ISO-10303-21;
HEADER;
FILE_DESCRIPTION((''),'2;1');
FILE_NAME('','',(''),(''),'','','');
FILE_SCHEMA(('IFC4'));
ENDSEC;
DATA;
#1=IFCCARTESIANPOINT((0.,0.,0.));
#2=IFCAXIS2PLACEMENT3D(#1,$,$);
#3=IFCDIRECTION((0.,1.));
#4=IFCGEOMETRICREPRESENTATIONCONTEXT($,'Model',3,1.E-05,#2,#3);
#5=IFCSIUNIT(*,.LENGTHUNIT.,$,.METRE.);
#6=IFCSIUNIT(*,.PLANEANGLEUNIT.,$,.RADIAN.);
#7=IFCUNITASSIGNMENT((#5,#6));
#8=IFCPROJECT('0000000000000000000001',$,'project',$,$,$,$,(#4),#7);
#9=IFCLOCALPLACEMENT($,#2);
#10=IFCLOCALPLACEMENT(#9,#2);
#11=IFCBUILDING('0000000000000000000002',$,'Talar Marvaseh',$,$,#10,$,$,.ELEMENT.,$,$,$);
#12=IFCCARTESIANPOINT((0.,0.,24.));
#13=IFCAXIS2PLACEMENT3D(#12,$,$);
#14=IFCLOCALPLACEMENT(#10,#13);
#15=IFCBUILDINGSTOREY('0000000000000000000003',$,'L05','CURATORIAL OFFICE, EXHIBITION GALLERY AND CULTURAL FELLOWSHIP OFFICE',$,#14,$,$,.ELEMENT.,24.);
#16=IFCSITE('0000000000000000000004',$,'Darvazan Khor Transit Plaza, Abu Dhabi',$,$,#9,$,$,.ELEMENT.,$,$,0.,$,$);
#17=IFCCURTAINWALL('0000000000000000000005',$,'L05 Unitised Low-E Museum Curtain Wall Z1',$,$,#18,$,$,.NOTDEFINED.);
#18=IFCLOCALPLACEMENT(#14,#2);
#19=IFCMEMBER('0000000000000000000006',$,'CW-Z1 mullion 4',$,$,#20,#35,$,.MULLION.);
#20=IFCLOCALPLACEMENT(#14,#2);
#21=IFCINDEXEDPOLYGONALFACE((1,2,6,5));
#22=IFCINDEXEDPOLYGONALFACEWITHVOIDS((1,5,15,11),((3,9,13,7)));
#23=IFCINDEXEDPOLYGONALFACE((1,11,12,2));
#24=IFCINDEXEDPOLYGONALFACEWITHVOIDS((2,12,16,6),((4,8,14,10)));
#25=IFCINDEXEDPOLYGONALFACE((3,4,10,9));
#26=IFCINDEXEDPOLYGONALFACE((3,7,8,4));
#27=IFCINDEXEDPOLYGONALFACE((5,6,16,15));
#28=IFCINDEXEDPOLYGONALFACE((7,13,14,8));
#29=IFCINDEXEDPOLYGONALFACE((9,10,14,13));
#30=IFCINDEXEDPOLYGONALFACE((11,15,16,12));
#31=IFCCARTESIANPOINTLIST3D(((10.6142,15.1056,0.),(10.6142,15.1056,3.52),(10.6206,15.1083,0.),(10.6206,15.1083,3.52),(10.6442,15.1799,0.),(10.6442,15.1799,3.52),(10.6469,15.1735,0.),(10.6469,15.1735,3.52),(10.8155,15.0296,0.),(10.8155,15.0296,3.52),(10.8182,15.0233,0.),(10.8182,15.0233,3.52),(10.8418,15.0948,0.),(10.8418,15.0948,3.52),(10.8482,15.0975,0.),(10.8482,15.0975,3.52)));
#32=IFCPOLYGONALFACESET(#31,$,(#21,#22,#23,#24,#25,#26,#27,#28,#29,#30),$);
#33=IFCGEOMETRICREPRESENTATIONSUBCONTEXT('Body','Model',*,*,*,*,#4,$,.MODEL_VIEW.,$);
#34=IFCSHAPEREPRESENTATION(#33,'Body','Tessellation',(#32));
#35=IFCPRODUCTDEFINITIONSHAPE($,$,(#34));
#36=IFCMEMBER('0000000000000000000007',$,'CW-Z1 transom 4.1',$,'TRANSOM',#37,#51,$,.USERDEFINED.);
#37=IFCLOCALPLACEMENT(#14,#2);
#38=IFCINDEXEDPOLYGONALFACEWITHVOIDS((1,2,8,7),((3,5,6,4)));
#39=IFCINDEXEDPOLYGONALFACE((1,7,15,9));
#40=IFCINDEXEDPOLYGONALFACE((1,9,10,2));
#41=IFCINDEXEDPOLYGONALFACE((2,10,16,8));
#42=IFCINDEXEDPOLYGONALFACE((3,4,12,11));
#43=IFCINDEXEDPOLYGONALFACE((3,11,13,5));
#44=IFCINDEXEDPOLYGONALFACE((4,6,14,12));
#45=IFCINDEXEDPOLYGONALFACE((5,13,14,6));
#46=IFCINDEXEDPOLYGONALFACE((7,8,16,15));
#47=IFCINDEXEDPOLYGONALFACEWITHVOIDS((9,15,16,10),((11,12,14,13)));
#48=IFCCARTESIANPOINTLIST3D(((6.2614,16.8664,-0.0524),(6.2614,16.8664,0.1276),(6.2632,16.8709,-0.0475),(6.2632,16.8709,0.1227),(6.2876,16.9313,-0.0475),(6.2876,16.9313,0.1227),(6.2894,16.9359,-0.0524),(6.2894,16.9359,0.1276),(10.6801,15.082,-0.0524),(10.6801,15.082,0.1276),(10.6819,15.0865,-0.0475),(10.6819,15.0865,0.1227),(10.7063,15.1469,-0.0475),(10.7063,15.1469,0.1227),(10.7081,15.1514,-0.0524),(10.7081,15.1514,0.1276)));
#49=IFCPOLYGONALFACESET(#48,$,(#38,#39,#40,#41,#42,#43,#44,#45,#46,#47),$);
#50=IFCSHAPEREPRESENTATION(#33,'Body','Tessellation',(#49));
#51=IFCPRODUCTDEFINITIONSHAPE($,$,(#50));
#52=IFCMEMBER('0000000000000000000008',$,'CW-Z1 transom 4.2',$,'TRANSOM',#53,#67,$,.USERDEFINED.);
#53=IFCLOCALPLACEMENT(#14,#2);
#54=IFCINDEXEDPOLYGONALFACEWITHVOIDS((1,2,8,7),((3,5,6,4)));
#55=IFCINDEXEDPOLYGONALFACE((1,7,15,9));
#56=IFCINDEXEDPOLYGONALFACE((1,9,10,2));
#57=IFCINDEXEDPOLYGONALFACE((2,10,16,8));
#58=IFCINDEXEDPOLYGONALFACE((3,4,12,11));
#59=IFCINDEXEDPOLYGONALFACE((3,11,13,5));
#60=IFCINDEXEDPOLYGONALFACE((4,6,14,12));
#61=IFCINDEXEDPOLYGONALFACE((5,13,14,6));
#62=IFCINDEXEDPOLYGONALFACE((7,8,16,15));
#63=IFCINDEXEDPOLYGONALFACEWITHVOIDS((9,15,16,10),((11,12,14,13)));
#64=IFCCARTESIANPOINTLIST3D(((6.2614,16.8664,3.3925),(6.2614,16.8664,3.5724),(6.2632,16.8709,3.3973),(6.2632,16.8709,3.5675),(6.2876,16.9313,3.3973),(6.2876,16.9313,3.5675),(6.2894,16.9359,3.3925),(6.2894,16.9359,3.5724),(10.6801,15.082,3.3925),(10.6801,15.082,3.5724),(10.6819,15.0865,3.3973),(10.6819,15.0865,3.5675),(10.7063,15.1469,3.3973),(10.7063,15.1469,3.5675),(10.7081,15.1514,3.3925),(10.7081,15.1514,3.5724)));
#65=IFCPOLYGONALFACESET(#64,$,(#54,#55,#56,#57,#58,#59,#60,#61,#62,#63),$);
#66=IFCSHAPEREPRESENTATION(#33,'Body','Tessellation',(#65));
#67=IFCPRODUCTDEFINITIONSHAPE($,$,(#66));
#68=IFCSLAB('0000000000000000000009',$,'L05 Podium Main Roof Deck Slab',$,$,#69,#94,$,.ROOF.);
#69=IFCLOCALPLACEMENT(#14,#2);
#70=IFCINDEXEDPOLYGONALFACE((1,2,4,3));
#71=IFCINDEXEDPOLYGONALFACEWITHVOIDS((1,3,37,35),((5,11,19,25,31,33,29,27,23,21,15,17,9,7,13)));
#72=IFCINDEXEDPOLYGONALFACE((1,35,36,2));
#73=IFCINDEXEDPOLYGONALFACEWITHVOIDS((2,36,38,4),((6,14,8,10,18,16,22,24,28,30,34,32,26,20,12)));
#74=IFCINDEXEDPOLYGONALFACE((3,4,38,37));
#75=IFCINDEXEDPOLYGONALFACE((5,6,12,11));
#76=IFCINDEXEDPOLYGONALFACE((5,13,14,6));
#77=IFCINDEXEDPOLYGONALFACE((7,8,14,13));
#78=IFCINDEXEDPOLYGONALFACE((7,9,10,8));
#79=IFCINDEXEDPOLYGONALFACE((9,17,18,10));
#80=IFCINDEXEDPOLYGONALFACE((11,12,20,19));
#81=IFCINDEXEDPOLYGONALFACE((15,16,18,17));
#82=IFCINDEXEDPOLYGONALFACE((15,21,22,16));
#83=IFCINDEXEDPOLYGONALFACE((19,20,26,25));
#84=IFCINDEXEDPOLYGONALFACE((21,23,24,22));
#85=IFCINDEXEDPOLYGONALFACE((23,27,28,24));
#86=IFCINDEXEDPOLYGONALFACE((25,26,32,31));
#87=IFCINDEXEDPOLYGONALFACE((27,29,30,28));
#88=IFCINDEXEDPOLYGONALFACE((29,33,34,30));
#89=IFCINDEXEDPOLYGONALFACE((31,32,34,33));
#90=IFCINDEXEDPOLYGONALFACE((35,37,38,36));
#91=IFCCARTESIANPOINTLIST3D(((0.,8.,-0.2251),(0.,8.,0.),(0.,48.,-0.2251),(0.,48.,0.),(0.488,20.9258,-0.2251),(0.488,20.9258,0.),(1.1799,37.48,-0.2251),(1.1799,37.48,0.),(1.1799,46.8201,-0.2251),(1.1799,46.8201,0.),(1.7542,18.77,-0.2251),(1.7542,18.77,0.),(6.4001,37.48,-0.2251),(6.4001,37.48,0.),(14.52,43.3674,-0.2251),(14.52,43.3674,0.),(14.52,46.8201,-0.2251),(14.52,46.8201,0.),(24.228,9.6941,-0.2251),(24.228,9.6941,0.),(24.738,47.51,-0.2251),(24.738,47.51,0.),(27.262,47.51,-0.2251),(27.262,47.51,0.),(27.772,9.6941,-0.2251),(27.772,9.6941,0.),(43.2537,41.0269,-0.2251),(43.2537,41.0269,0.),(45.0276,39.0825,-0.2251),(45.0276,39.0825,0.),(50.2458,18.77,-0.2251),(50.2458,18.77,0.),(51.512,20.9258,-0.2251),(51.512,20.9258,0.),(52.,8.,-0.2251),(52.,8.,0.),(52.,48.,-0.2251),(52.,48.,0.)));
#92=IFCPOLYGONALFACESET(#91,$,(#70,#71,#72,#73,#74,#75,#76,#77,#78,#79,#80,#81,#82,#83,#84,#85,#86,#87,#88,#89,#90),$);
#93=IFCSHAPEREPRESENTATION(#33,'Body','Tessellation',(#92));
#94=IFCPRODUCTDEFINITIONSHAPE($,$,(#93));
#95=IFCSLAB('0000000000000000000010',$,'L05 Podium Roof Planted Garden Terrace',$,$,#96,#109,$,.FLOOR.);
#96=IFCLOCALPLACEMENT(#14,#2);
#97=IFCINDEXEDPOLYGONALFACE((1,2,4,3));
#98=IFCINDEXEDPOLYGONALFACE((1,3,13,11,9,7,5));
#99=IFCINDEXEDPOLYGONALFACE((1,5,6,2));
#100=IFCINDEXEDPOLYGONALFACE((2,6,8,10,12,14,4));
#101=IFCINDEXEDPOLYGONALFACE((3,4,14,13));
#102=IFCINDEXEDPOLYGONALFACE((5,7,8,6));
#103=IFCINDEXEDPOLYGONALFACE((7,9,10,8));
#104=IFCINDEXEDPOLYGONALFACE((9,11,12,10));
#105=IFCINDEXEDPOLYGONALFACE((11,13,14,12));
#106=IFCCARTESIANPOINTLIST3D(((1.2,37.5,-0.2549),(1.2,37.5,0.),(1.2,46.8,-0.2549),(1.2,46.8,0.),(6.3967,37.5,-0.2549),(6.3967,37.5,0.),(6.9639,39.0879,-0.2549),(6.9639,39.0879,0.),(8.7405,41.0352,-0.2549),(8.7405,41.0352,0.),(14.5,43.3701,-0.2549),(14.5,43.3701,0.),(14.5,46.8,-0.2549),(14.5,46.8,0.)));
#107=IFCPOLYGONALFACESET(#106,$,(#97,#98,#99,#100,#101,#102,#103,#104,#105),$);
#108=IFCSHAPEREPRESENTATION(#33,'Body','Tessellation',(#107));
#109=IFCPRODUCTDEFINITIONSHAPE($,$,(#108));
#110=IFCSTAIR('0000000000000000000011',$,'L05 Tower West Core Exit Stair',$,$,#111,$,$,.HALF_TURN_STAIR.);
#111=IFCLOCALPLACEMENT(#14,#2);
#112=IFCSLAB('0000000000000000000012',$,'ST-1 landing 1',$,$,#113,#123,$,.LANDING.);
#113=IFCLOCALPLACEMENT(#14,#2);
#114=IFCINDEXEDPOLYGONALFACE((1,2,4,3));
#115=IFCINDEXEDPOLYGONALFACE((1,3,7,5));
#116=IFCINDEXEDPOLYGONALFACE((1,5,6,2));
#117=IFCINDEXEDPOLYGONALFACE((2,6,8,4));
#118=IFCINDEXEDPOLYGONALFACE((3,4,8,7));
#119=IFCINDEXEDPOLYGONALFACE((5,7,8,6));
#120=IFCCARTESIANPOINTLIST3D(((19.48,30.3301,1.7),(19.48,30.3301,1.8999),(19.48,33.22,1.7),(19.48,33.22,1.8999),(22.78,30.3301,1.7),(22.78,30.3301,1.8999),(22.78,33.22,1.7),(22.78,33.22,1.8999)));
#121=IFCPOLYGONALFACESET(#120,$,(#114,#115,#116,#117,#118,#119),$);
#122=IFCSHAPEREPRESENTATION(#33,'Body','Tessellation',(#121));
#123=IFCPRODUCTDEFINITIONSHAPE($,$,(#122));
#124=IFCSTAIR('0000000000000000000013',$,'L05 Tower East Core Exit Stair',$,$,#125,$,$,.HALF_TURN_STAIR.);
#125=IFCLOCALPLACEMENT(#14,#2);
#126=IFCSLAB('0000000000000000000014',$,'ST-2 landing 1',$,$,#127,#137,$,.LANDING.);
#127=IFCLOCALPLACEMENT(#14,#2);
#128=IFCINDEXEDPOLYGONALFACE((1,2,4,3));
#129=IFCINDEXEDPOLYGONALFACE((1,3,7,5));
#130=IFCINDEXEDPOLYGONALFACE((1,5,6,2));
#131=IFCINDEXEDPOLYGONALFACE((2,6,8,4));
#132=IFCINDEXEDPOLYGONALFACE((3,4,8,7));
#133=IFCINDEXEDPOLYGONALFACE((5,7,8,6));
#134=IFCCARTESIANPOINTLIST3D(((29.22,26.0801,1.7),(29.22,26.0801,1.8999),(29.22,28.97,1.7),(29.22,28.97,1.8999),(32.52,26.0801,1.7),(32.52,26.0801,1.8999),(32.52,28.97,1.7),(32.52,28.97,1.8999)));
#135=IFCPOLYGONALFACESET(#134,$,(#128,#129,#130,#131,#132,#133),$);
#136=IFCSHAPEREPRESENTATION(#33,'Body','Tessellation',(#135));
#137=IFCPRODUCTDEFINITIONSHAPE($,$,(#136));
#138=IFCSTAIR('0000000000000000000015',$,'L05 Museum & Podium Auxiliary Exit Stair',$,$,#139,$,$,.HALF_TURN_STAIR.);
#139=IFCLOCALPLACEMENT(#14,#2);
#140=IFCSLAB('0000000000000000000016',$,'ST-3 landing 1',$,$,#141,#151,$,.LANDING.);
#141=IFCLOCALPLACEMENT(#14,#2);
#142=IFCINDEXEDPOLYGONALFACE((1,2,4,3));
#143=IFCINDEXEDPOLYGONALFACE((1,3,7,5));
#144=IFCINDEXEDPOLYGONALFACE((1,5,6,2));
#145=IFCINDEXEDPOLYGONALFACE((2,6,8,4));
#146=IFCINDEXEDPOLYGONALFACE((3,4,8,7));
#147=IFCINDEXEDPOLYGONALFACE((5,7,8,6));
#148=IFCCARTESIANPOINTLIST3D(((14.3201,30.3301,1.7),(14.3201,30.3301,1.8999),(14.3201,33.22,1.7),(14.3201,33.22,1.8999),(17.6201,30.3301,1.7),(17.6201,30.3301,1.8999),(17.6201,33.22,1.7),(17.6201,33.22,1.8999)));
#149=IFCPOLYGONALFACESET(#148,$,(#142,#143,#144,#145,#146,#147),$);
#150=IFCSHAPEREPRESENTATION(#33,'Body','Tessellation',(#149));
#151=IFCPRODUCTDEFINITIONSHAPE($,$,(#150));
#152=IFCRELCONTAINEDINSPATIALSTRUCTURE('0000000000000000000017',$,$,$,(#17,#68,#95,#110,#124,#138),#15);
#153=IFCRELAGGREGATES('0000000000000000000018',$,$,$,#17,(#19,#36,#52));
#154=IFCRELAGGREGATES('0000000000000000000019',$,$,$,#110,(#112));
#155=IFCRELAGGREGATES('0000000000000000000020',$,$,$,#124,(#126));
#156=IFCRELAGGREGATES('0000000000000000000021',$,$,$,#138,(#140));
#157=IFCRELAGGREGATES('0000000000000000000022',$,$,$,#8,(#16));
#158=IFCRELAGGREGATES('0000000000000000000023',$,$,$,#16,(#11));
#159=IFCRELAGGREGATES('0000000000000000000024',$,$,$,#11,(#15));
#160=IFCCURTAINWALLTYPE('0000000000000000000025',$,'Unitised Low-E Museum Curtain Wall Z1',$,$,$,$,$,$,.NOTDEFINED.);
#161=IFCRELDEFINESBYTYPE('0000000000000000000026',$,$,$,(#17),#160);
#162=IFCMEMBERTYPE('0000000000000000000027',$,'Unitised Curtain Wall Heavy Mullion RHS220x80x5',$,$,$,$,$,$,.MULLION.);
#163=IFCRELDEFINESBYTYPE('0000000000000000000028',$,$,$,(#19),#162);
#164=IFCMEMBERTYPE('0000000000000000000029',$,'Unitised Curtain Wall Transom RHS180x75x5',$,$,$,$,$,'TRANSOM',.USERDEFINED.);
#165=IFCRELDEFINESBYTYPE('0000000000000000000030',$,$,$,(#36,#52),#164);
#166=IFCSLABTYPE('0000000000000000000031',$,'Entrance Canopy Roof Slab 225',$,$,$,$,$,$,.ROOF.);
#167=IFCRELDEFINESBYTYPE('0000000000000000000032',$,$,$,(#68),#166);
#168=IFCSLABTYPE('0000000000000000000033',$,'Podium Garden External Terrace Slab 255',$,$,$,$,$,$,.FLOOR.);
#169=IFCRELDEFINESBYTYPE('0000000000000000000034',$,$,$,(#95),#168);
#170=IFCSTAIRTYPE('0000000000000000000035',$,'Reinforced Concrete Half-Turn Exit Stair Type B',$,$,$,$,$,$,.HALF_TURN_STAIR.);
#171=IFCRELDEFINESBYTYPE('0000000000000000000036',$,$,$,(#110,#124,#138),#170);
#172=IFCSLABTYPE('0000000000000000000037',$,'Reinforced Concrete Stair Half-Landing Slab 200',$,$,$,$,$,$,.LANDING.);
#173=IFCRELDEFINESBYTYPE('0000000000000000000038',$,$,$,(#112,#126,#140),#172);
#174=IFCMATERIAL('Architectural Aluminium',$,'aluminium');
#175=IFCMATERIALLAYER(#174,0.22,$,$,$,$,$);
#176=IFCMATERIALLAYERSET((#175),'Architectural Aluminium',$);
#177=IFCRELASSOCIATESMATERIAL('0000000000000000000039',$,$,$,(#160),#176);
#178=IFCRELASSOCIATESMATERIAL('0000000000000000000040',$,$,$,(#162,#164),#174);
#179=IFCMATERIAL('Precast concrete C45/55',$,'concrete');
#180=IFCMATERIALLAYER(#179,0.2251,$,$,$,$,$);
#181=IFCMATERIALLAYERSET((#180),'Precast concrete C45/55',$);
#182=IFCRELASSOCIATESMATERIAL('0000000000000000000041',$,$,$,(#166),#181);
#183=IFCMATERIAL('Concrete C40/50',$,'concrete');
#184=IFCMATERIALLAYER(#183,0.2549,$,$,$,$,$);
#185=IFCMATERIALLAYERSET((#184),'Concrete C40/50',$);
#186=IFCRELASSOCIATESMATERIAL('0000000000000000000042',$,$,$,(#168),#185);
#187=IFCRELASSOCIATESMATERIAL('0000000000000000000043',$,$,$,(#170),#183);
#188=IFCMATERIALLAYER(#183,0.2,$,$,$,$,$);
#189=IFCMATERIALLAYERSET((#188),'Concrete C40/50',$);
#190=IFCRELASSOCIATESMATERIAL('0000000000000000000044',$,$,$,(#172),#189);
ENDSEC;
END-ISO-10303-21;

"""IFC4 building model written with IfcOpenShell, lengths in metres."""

from ifc_helpers import new_model, si_unit, direction, frame, origin, origin_2d, place, context, subcontext, project, spatial, polyline, hollow_rectangle, outline, extrude, source, transform, mapped, material, layer, layer_set, material_profile, profile_set, type_object, type_shapes, element, aggregate, save


model = new_model("IFC4")

# Units and contexts
model_context = context("Model", 3, precision=1e-05, world=origin(), true_north=direction((0.0, 1.0)))
body_context = subcontext(model_context, "Body", "Model", "MODEL_VIEW")
ifc_project = project(units=[si_unit("LENGTHUNIT", "METRE"), si_unit("PLANEANGLEUNIT", "RADIAN")], contexts=[model_context])

# Site, building, storey
site_placement = place(None, origin())
site = spatial("IfcSite", under=ifc_project, at=site_placement, Name="Darvazan Khor Transit Plaza, Abu Dhabi", CompositionType="ELEMENT", RefElevation=0.0)
building_placement = place(site_placement, origin())
building = spatial("IfcBuilding", under=site, at=building_placement, Name="Talar Marvaseh", CompositionType="ELEMENT")
storey_placement = place(building_placement, frame((0.0, 0.0, 24.0)))
storey = spatial("IfcBuildingStorey", under=building, at=storey_placement, Name="L05", Description="CURATORIAL OFFICE, EXHIBITION GALLERY AND CULTURAL FELLOWSHIP OFFICE", CompositionType="ELEMENT", Elevation=24.0)

# Curtain wall, members
ifc_material_1 = material(Name="Architectural Aluminium", Category="aluminium")
ifc_layer_1 = layer(ifc_material_1, 0.22)
ifc_layer_set_1 = layer_set([ifc_layer_1], Name="Architectural Aluminium")
curtain_wall_type = type_object("IfcCurtainWallType", Name="Unitised Low-E Museum Curtain Wall Z1", PredefinedType="NOTDEFINED", material=ifc_layer_set_1)
curtain_wall_placement = place(storey_placement, origin())
curtain_wall = element("IfcCurtainWall", 1, at=curtain_wall_placement, inside=storey, type_object=curtain_wall_type, Name="L05 Unitised Low-E Museum Curtain Wall Z1", PredefinedType="NOTDEFINED")
ifc_material_profile_1 = material_profile(ifc_material_1, hollow_rectangle(XDim=0.0801, YDim=0.22, WallThickness=0.0049, at=origin_2d()), Name="RHS220x80x5")
ifc_profile_set_1 = profile_set([ifc_material_profile_1], Name="Architectural Aluminium")
member_type_1 = type_object("IfcMemberType", Name="Unitised Curtain Wall Heavy Mullion RHS220x80x5", PredefinedType="MULLION", material=ifc_profile_set_1)
shared_shape_1 = source(origin(), body_context, "Body", "SweptSolid", [
    extrude(hollow_rectangle(XDim=0.0801, YDim=0.22, WallThickness=0.0049, at=origin_2d()), origin(), (0.0, 0.0, 1.0), 3.52),
])
type_shapes(member_type_1, [shared_shape_1])
member_1_placement = place(storey_placement, frame((10.7312, 15.1016, 0.0), z_axis=(0.0, 0.0, 1.0), x_axis=(-0.374463, -0.927242, 0.0)))
member_1 = element("IfcMember", 2, at=member_1_placement, type_object=member_type_1, Name="CW-Z1 mullion 4", PredefinedType="MULLION", context=body_context, shape_type="MappedRepresentation", body=[
    mapped(shared_shape_1, transform((0.0, 0.0, 0.0), x_axis=(1.0, 0.0, 0.0), y_axis=(0.0, 1.0, 0.0), z_axis=(0.0, 0.0, 1.0), scale=1.0)),
])
ifc_material_profile_2 = material_profile(ifc_material_1, hollow_rectangle(XDim=0.075, YDim=0.1799, WallThickness=0.0049, at=origin_2d()), Name="RHS180x75x5")
ifc_profile_set_2 = profile_set([ifc_material_profile_2], Name="Architectural Aluminium")
member_type_2 = type_object("IfcMemberType", Name="Unitised Curtain Wall Transom RHS180x75x5", ElementType="TRANSOM", PredefinedType="USERDEFINED", material=ifc_profile_set_2)
shared_shape_2 = source(origin(), body_context, "Body", "SweptSolid", [
    extrude(hollow_rectangle(XDim=0.075, YDim=0.1799, WallThickness=0.0049, at=origin_2d()), origin(), (0.0, 0.0, 1.0), 4.7654),
])
type_shapes(member_type_2, [shared_shape_2])
member_2_placement = place(storey_placement, frame((10.6941, 15.1167, 0.0376), z_axis=(-0.927246, 0.374454, 0.0), x_axis=(-0.374454, -0.927246, 0.0)))
member_2 = element("IfcMember", 3, at=member_2_placement, type_object=member_type_2, Name="CW-Z1 transom 4.1", ObjectType="TRANSOM", PredefinedType="USERDEFINED", context=body_context, shape_type="MappedRepresentation", body=[
    mapped(shared_shape_2, transform((0.0, 0.0, 0.0), x_axis=(1.0, 0.0, 0.0), y_axis=(0.0, 1.0, 0.0), z_axis=(0.0, 0.0, 1.0), scale=1.0)),
])
member_3_placement = place(storey_placement, frame((10.6941, 15.1167, 3.4824), z_axis=(-0.927246, 0.374454, 0.0), x_axis=(-0.374454, -0.927246, 0.0)))
member_3 = element("IfcMember", 4, at=member_3_placement, type_object=member_type_2, Name="CW-Z1 transom 4.2", ObjectType="TRANSOM", PredefinedType="USERDEFINED", context=body_context, shape_type="MappedRepresentation", body=[
    mapped(shared_shape_2, transform((0.0, 0.0, 0.0), x_axis=(1.0, 0.0, 0.0), y_axis=(0.0, 1.0, 0.0), z_axis=(0.0, 0.0, 1.0), scale=1.0)),
])
aggregate(curtain_wall, [member_1, member_2, member_3])

# Slabs
ifc_material_2 = material(Name="Precast concrete C45/55", Category="concrete")
ifc_layer_2 = layer(ifc_material_2, 0.2251)
ifc_layer_set_2 = layer_set([ifc_layer_2], Name="Precast concrete C45/55")
slab_type_1 = type_object("IfcSlabType", Name="Entrance Canopy Roof Slab 225", PredefinedType="ROOF", material=ifc_layer_set_2)
slab_1_placement = place(storey_placement, frame((0.0, 0.0, -0.2251)))
element("IfcSlab", 5, at=slab_1_placement, inside=storey, type_object=slab_type_1, Name="L05 Podium Main Roof Deck Slab", PredefinedType="ROOF", context=body_context, shape_type="SweptSolid", body=[
    extrude(outline(polyline([(0.0, 48.0), (52.0, 48.0), (52.0, 8.0), (0.0, 8.0), (0.0, 48.0)]), holes=[polyline([(1.7542, 18.77), (24.228, 9.6941), (27.772, 9.6941), (50.2458, 18.77), (51.512, 20.9258), (45.0276, 39.0825), (43.2537, 41.0269), (27.262, 47.51), (24.738, 47.51), (14.52, 43.3674), (14.52, 46.8201), (1.1799, 46.8201), (1.1799, 37.48), (6.4001, 37.48), (0.488, 20.9258), (1.7542, 18.77)])]), origin(), (0.0, 0.0, 1.0), 0.2251),
])
ifc_material_3 = material(Name="Concrete C40/50", Category="concrete")
ifc_layer_3 = layer(ifc_material_3, 0.2549)
ifc_layer_set_3 = layer_set([ifc_layer_3], Name="Concrete C40/50")
slab_type_2 = type_object("IfcSlabType", Name="Podium Garden External Terrace Slab 255", PredefinedType="FLOOR", material=ifc_layer_set_3)
slab_2_placement = place(storey_placement, frame((0.0, 0.0, -0.2549)))
element("IfcSlab", 6, at=slab_2_placement, inside=storey, type_object=slab_type_2, Name="L05 Podium Roof Planted Garden Terrace", PredefinedType="FLOOR", context=body_context, shape_type="SweptSolid", body=[
    extrude(outline(polyline([(1.2, 37.5), (1.2, 46.8), (14.5, 46.8), (14.5, 43.3701), (8.7405, 41.0352), (6.9639, 39.0879), (6.3967, 37.5), (1.2, 37.5)])), origin(), (0.0, 0.0, 1.0), 0.2549),
])

# Stairs, slabs
stair_type = type_object("IfcStairType", Name="Reinforced Concrete Half-Turn Exit Stair Type B", PredefinedType="HALF_TURN_STAIR", material=ifc_material_3)
stair_1_placement = place(storey_placement, origin())
stair_1 = element("IfcStair", 7, at=stair_1_placement, inside=storey, type_object=stair_type, Name="L05 Tower West Core Exit Stair", PredefinedType="HALF_TURN_STAIR")
ifc_layer_4 = layer(ifc_material_3, 0.2)
ifc_layer_set_4 = layer_set([ifc_layer_4], Name="Concrete C40/50")
slab_type_3 = type_object("IfcSlabType", Name="Reinforced Concrete Stair Half-Landing Slab 200", PredefinedType="LANDING", material=ifc_layer_set_4)
slab_3_placement = place(storey_placement, frame((0.0, 0.0, 1.7)))
slab_3 = element("IfcSlab", 8, at=slab_3_placement, type_object=slab_type_3, Name="ST-1 landing 1", PredefinedType="LANDING", context=body_context, shape_type="SweptSolid", body=[
    extrude(outline(polyline([(22.78, 30.3301), (22.78, 33.22), (19.48, 33.22), (19.48, 30.3301), (22.78, 30.3301)])), origin(), (0.0, 0.0, 1.0), 0.2),
])
aggregate(stair_1, [slab_3])
stair_2_placement = place(storey_placement, origin())
stair_2 = element("IfcStair", 9, at=stair_2_placement, inside=storey, type_object=stair_type, Name="L05 Tower East Core Exit Stair", PredefinedType="HALF_TURN_STAIR")
slab_4_placement = place(storey_placement, frame((0.0, 0.0, 1.7)))
slab_4 = element("IfcSlab", 10, at=slab_4_placement, type_object=slab_type_3, Name="ST-2 landing 1", PredefinedType="LANDING", context=body_context, shape_type="SweptSolid", body=[
    extrude(outline(polyline([(29.22, 28.97), (29.22, 26.0801), (32.52, 26.0801), (32.52, 28.97), (29.22, 28.97)])), origin(), (0.0, 0.0, 1.0), 0.2),
])
aggregate(stair_2, [slab_4])
stair_3_placement = place(storey_placement, origin())
stair_3 = element("IfcStair", 11, at=stair_3_placement, inside=storey, type_object=stair_type, Name="L05 Museum & Podium Auxiliary Exit Stair", PredefinedType="HALF_TURN_STAIR")
slab_5_placement = place(storey_placement, frame((0.0, 0.0, 1.7)))
slab_5 = element("IfcSlab", 12, at=slab_5_placement, type_object=slab_type_3, Name="ST-3 landing 1", PredefinedType="LANDING", context=body_context, shape_type="SweptSolid", body=[
    extrude(outline(polyline([(17.6201, 30.3301), (17.6201, 33.22), (14.3201, 33.22), (14.3201, 30.3301), (17.6201, 30.3301)])), origin(), (0.0, 0.0, 1.0), 0.2),
])
aggregate(stair_3, [slab_5])

save(model, "model.ifc")
